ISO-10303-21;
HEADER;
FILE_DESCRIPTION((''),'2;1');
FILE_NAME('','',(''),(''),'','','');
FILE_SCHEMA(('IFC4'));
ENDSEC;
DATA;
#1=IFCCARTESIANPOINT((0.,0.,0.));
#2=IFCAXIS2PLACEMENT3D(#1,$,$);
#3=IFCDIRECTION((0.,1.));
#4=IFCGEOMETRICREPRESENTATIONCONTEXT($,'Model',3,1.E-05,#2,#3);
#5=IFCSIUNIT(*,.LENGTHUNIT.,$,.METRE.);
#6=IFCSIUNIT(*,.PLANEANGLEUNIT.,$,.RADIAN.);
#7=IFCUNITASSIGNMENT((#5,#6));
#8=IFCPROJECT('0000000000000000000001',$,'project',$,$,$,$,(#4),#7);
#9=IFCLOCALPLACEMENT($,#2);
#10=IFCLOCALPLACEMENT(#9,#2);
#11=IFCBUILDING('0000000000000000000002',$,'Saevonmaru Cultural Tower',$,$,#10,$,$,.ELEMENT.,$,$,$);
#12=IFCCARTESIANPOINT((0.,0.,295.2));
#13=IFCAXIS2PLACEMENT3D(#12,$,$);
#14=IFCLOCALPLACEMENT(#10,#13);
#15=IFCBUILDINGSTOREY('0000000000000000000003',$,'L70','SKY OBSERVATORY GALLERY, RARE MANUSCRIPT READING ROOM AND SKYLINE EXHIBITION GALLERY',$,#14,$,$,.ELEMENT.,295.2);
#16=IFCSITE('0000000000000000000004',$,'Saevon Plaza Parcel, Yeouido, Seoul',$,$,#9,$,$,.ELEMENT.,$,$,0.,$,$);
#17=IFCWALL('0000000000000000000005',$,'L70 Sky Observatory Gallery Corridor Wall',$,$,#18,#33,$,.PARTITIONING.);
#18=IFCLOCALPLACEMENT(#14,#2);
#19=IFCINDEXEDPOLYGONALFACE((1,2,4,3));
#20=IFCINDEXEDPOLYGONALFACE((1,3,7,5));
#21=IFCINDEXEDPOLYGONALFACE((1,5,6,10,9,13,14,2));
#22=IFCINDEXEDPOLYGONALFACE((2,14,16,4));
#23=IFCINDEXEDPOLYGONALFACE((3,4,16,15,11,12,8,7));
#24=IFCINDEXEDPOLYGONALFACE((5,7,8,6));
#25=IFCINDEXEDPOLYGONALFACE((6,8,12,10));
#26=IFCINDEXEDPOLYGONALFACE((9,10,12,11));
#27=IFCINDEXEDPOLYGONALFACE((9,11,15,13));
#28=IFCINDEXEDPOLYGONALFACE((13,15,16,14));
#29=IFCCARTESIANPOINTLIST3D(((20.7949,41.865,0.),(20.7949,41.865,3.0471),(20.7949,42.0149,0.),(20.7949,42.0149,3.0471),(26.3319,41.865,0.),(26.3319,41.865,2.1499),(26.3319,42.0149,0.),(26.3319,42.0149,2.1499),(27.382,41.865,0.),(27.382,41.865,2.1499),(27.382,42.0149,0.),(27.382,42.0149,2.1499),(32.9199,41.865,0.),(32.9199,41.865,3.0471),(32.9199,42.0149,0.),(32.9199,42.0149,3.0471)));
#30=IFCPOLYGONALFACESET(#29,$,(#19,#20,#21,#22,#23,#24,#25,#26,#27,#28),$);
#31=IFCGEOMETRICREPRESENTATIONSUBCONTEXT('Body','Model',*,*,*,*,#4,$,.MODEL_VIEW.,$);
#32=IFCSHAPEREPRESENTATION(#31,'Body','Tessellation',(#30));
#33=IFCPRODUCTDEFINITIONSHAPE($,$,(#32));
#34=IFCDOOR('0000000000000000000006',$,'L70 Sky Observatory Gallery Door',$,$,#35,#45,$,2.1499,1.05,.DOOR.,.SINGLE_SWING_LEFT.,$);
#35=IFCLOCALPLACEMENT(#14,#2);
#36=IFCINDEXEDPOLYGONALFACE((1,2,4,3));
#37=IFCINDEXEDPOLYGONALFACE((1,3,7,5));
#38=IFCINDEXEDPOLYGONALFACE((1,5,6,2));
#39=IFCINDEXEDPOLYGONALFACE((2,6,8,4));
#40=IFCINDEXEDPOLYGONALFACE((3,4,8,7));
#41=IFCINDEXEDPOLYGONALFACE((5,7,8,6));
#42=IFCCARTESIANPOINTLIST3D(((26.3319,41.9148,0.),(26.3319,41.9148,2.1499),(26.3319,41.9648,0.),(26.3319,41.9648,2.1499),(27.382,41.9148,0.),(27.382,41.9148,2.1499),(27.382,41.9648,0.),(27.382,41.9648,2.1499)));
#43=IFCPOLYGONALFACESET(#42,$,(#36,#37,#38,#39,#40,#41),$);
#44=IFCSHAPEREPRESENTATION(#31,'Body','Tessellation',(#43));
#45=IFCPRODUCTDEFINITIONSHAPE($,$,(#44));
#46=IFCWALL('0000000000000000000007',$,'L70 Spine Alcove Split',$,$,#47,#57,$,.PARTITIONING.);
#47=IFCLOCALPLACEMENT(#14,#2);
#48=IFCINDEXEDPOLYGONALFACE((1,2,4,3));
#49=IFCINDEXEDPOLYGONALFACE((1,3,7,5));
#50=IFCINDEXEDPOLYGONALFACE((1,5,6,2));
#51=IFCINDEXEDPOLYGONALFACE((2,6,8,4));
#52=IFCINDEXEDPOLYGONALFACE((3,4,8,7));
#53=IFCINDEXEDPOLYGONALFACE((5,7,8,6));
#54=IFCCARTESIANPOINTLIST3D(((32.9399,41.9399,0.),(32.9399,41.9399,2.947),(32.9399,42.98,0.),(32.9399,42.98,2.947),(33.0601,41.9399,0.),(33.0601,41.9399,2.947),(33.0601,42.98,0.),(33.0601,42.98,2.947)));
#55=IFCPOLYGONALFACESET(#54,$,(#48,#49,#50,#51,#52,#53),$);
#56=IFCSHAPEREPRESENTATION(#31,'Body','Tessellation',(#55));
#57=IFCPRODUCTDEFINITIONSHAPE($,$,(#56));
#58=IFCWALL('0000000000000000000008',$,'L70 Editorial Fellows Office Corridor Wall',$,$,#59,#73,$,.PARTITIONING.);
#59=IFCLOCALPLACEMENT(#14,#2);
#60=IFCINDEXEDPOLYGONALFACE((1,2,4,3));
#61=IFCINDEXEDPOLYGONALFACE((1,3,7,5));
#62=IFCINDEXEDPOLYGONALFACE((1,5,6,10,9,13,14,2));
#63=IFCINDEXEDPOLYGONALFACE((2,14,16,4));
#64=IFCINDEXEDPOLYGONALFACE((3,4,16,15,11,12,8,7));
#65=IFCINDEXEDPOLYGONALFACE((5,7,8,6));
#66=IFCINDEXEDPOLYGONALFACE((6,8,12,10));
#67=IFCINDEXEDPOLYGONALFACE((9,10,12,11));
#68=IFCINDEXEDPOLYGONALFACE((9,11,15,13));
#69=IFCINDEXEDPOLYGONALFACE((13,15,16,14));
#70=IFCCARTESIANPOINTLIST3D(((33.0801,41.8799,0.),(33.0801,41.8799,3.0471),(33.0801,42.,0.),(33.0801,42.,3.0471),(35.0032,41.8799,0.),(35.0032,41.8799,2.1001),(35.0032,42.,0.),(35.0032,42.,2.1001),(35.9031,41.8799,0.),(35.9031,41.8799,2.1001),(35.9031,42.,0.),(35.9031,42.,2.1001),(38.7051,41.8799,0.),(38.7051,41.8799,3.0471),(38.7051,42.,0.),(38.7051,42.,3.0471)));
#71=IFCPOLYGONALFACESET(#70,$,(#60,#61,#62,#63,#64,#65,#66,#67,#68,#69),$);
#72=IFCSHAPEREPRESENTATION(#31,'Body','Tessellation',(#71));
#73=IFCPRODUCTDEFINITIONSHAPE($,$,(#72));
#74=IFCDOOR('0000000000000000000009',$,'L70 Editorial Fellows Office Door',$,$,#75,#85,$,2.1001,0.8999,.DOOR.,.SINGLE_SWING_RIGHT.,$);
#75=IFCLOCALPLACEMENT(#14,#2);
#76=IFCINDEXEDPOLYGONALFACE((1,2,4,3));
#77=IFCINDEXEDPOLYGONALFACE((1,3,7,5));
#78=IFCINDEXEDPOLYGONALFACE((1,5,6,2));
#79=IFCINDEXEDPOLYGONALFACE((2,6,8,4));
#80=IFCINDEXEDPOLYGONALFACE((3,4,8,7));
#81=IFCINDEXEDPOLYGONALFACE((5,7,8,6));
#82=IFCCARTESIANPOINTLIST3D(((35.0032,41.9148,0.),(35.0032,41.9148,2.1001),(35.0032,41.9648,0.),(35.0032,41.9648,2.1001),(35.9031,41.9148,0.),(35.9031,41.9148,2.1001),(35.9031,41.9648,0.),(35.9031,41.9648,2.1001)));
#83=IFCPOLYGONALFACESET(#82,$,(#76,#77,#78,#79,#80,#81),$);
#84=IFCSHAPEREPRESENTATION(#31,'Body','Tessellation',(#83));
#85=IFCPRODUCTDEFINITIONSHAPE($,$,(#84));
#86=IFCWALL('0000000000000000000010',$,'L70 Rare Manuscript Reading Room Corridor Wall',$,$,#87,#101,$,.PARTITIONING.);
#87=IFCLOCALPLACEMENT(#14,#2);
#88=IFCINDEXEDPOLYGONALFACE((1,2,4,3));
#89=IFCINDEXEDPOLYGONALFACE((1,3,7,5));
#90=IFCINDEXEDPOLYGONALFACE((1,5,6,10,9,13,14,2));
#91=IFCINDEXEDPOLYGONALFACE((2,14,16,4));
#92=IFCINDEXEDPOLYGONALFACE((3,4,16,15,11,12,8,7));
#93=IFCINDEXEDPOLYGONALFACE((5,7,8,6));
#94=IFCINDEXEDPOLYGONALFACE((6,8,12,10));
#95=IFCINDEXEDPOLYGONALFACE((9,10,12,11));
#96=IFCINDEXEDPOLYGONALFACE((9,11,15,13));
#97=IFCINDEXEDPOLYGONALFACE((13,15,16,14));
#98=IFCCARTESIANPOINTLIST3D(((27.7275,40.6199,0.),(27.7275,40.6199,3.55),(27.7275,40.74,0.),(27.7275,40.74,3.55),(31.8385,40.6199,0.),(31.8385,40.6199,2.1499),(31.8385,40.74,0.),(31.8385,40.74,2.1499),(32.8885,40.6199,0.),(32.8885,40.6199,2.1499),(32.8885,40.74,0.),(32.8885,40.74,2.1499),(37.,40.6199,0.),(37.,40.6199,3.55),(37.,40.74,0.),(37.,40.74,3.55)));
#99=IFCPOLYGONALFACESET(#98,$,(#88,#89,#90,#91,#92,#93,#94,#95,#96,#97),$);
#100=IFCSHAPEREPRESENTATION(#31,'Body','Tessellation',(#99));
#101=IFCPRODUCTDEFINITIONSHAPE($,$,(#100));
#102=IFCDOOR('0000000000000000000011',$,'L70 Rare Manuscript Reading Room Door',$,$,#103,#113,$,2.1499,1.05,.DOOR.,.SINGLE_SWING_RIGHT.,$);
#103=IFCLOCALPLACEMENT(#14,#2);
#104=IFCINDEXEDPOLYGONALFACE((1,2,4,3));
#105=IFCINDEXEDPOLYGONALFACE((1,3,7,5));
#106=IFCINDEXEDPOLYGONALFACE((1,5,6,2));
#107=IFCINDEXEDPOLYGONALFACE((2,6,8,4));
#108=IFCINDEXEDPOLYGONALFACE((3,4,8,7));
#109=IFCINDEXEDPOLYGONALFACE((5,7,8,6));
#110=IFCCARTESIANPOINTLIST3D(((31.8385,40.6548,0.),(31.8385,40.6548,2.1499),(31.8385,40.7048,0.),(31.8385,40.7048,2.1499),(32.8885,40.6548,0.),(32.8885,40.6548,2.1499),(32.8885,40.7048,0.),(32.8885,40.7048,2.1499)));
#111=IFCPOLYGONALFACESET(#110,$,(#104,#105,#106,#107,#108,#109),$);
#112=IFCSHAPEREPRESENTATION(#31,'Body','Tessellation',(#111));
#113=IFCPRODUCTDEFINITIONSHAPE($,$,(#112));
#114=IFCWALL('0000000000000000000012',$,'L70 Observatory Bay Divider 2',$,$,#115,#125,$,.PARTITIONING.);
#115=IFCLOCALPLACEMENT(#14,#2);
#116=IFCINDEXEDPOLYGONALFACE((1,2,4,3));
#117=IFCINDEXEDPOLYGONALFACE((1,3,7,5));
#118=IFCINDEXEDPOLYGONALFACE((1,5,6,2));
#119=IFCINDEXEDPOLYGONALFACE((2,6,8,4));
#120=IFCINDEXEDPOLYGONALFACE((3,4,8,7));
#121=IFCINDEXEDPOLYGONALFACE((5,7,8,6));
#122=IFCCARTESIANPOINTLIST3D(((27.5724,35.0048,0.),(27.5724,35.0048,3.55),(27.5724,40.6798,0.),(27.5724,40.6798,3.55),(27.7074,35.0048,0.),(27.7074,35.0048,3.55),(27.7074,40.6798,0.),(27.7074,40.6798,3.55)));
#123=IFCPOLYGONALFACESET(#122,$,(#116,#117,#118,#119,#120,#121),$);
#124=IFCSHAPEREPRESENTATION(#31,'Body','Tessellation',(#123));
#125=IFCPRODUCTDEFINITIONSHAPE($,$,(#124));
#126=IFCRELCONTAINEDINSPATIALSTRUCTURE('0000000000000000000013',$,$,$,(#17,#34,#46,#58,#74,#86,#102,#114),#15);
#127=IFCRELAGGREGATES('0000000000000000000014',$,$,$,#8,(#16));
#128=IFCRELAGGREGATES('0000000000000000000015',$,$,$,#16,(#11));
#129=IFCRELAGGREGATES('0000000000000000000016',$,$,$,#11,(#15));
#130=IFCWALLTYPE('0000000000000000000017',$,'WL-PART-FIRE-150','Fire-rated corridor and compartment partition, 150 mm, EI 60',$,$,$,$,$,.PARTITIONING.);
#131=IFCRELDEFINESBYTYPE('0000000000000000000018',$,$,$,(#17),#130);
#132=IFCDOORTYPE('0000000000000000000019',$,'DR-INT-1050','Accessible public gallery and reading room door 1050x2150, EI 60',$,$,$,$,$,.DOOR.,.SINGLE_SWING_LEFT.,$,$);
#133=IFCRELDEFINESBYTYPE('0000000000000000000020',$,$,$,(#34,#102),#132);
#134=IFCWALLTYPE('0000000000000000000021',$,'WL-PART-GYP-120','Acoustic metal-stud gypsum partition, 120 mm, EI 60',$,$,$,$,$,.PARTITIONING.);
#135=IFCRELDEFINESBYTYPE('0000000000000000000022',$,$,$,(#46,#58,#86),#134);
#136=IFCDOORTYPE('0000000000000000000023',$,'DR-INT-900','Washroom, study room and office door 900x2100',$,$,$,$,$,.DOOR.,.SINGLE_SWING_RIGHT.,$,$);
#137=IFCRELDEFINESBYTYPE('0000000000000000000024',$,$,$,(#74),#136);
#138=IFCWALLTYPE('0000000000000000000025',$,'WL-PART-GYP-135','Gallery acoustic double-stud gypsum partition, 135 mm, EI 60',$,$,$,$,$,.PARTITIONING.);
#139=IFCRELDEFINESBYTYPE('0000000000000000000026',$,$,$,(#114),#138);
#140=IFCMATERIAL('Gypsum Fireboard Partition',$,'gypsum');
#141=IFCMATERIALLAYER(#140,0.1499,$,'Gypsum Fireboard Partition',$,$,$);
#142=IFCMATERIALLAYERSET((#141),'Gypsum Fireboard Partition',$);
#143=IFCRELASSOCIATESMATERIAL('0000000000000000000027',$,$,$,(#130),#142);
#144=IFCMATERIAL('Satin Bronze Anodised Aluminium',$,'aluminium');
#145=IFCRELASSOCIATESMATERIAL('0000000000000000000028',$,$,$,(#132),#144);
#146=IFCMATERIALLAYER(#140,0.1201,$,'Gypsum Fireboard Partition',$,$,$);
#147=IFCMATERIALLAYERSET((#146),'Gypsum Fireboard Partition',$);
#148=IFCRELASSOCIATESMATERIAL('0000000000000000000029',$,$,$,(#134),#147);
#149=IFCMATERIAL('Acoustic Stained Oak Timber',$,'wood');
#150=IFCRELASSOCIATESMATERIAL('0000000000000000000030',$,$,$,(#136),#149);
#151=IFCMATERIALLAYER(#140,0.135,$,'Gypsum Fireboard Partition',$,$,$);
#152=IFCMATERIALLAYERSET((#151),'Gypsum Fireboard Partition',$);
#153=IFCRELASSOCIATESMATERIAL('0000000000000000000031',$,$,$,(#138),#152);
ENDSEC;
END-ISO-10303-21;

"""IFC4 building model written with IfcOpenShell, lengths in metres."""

from ifc_helpers import new_model, si_unit, direction, frame, frame_2d, origin, place, context, subcontext, project, spatial, rectangle, extrude, material, layer, layer_set, type_object, element, fill, save


model = new_model("IFC4")

# Units and contexts
model_context = context("Model", 3, precision=1e-05, world=origin(), true_north=direction((0.0, 1.0)))
body_context = subcontext(model_context, "Body", "Model", "MODEL_VIEW")
ifc_project = project(units=[si_unit("LENGTHUNIT", "METRE"), si_unit("PLANEANGLEUNIT", "RADIAN")], contexts=[model_context])

# Site, building, storey
site_placement = place(None, origin())
site = spatial("IfcSite", under=ifc_project, at=site_placement, Name="Saevon Plaza Parcel, Yeouido, Seoul", CompositionType="ELEMENT", RefElevation=0.0)
building_placement = place(site_placement, origin())
building = spatial("IfcBuilding", under=site, at=building_placement, Name="Saevonmaru Cultural Tower", CompositionType="ELEMENT")
storey_placement = place(building_placement, frame((0.0, 0.0, 295.2)))
storey = spatial("IfcBuildingStorey", under=building, at=storey_placement, Name="L70", Description="SKY OBSERVATORY GALLERY, RARE MANUSCRIPT READING ROOM AND SKYLINE EXHIBITION GALLERY", CompositionType="ELEMENT", Elevation=295.2)

# Shared definitions
ifc_material_1 = material(Name="Satin Bronze Anodised Aluminium", Category="aluminium")

# Shared definitions
ifc_material_2 = material(Name="Gypsum Fireboard Partition", Category="gypsum")

# Wall, opening, door
ifc_layer_1 = layer(ifc_material_2, 0.1499, Name="Gypsum Fireboard Partition")
ifc_layer_set_1 = layer_set([ifc_layer_1], Name="Gypsum Fireboard Partition")
wall_type_1 = type_object("IfcWallType", Name="WL-PART-FIRE-150", Description="Fire-rated corridor and compartment partition, 150 mm, EI 60", PredefinedType="PARTITIONING", material=ifc_layer_set_1)
wall_1_placement = place(storey_placement, frame((20.7949, 41.9399, 0.0), z_axis=(0.0, 0.0, 1.0), x_axis=(1.0, 0.0, 0.0)))
wall_1 = element("IfcWall", 1, at=wall_1_placement, inside=storey, type_object=wall_type_1, Name="L70 Sky Observatory Gallery Corridor Wall", PredefinedType="PARTITIONING", context=body_context, shape_type="SweptSolid", body=[
    extrude(rectangle(XDim=12.125, YDim=0.1499, at=frame_2d((6.0625, 0.0))), origin(), (0.0, 0.0, 1.0), 3.0471),
])
opening_1_placement = place(wall_1_placement, frame((5.5371, 0.0, 0.0)))
opening_1 = element("IfcOpeningElement", 2, at=opening_1_placement, cuts=wall_1, PredefinedType="OPENING", context=body_context, shape_type="SweptSolid", body=[
    extrude(rectangle(XDim=1.05, YDim=2.1499, at=frame_2d((0.5249, 1.075))), frame((0.0, 0.085, 0.0), z_axis=(0.0, -1.0, 0.0), x_axis=(1.0, 0.0, 0.0)), (0.0, 0.0, 1.0), 0.1699),
])
door_type_1 = type_object("IfcDoorType", Name="DR-INT-1050", Description="Accessible public gallery and reading room door 1050x2150, EI 60", OperationType="SINGLE_SWING_LEFT", PredefinedType="DOOR", material=ifc_material_1)
door_1_placement = place(opening_1_placement, origin())
door_1 = element("IfcDoor", 3, at=door_1_placement, inside=storey, type_object=door_type_1, Name="L70 Sky Observatory Gallery Door", OperationType="SINGLE_SWING_LEFT", OverallHeight=2.1499, OverallWidth=1.05, PredefinedType="DOOR", context=body_context, shape_type="SweptSolid", body=[
    extrude(rectangle(XDim=1.05, YDim=2.1499, at=frame_2d((0.5249, 1.075))), frame((0.0, 0.0249, 0.0), z_axis=(0.0, -1.0, 0.0), x_axis=(1.0, 0.0, 0.0)), (0.0, 0.0, 1.0), 0.05),
])
fill(opening_1, door_1)

# Wall
ifc_layer_2 = layer(ifc_material_2, 0.1201, Name="Gypsum Fireboard Partition")
ifc_layer_set_2 = layer_set([ifc_layer_2], Name="Gypsum Fireboard Partition")
wall_type_2 = type_object("IfcWallType", Name="WL-PART-GYP-120", Description="Acoustic metal-stud gypsum partition, 120 mm, EI 60", PredefinedType="PARTITIONING", material=ifc_layer_set_2)
wall_2_placement = place(storey_placement, frame((33.0, 41.9399, 0.0), z_axis=(0.0, 0.0, 1.0), x_axis=(0.0, 1.0, 0.0)))
element("IfcWall", 4, at=wall_2_placement, inside=storey, type_object=wall_type_2, Name="L70 Spine Alcove Split", PredefinedType="PARTITIONING", context=body_context, shape_type="SweptSolid", body=[
    extrude(rectangle(XDim=1.04, YDim=0.1201, at=frame_2d((0.52, 0.0))), origin(), (0.0, 0.0, 1.0), 2.947),
])

# Walls, openings, doors
wall_3_placement = place(storey_placement, frame((33.0801, 41.9399, 0.0), z_axis=(0.0, 0.0, 1.0), x_axis=(1.0, 0.0, 0.0)))
wall_3 = element("IfcWall", 5, at=wall_3_placement, inside=storey, type_object=wall_type_2, Name="L70 Editorial Fellows Office Corridor Wall", PredefinedType="PARTITIONING", context=body_context, shape_type="SweptSolid", body=[
    extrude(rectangle(XDim=5.625, YDim=0.1201, at=frame_2d((2.8125, 0.0))), origin(), (0.0, 0.0, 1.0), 3.0471),
])
opening_2_placement = place(wall_3_placement, frame((1.9231, 0.0, 0.0)))
opening_2 = element("IfcOpeningElement", 6, at=opening_2_placement, cuts=wall_3, PredefinedType="OPENING", context=body_context, shape_type="SweptSolid", body=[
    extrude(rectangle(XDim=0.8999, YDim=2.1001, at=frame_2d((0.45, 1.05))), frame((0.0, 0.0701, 0.0), z_axis=(0.0, -1.0, 0.0), x_axis=(1.0, 0.0, 0.0)), (0.0, 0.0, 1.0), 0.1401),
])
ifc_material_3 = material(Name="Acoustic Stained Oak Timber", Category="wood")
door_type_2 = type_object("IfcDoorType", Name="DR-INT-900", Description="Washroom, study room and office door 900x2100", OperationType="SINGLE_SWING_RIGHT", PredefinedType="DOOR", material=ifc_material_3)
door_2_placement = place(opening_2_placement, origin())
door_2 = element("IfcDoor", 7, at=door_2_placement, inside=storey, type_object=door_type_2, Name="L70 Editorial Fellows Office Door", OperationType="SINGLE_SWING_RIGHT", OverallHeight=2.1001, OverallWidth=0.8999, PredefinedType="DOOR", context=body_context, shape_type="SweptSolid", body=[
    extrude(rectangle(XDim=0.8999, YDim=2.1001, at=frame_2d((0.45, 1.05))), frame((0.0, 0.0249, 0.0), z_axis=(0.0, -1.0, 0.0), x_axis=(1.0, 0.0, 0.0)), (0.0, 0.0, 1.0), 0.05),
])
fill(opening_2, door_2)
wall_4_placement = place(storey_placement, frame((27.7275, 40.6799, 0.0), z_axis=(0.0, 0.0, 1.0), x_axis=(1.0, 0.0, 0.0)))
wall_4 = element("IfcWall", 8, at=wall_4_placement, inside=storey, type_object=wall_type_2, Name="L70 Rare Manuscript Reading Room Corridor Wall", PredefinedType="PARTITIONING", context=body_context, shape_type="SweptSolid", body=[
    extrude(rectangle(XDim=9.2725, YDim=0.1201, at=frame_2d((4.6362, 0.0))), origin(), (0.0, 0.0, 1.0), 3.55),
])
opening_3_placement = place(wall_4_placement, frame((4.1111, 0.0, 0.0)))
opening_3 = element("IfcOpeningElement", 9, at=opening_3_placement, cuts=wall_4, PredefinedType="OPENING", context=body_context, shape_type="SweptSolid", body=[
    extrude(rectangle(XDim=1.05, YDim=2.1499, at=frame_2d((0.5249, 1.075))), frame((0.0, 0.0701, 0.0), z_axis=(0.0, -1.0, 0.0), x_axis=(1.0, 0.0, 0.0)), (0.0, 0.0, 1.0), 0.1401),
])
door_3_placement = place(opening_3_placement, origin())
door_3 = element("IfcDoor", 10, at=door_3_placement, inside=storey, type_object=door_type_1, Name="L70 Rare Manuscript Reading Room Door", OperationType="SINGLE_SWING_RIGHT", OverallHeight=2.1499, OverallWidth=1.05, PredefinedType="DOOR", context=body_context, shape_type="SweptSolid", body=[
    extrude(rectangle(XDim=1.05, YDim=2.1499, at=frame_2d((0.5249, 1.075))), frame((0.0, 0.0249, 0.0), z_axis=(0.0, -1.0, 0.0), x_axis=(1.0, 0.0, 0.0)), (0.0, 0.0, 1.0), 0.05),
])
fill(opening_3, door_3)

# Wall
ifc_layer_3 = layer(ifc_material_2, 0.135, Name="Gypsum Fireboard Partition")
ifc_layer_set_3 = layer_set([ifc_layer_3], Name="Gypsum Fireboard Partition")
wall_type_3 = type_object("IfcWallType", Name="WL-PART-GYP-135", Description="Gallery acoustic double-stud gypsum partition, 135 mm, EI 60", PredefinedType="PARTITIONING", material=ifc_layer_set_3)
wall_5_placement = place(storey_placement, frame((27.6399, 35.0049, 0.0), z_axis=(0.0, 0.0, 1.0), x_axis=(0.0, 1.0, 0.0)))
element("IfcWall", 11, at=wall_5_placement, inside=storey, type_object=wall_type_3, Name="L70 Observatory Bay Divider 2", PredefinedType="PARTITIONING", context=body_context, shape_type="SweptSolid", body=[
    extrude(rectangle(XDim=5.675, YDim=0.135, at=frame_2d((2.8374, 0.0))), origin(), (0.0, 0.0, 1.0), 3.55),
])

save(model, "model.ifc")
